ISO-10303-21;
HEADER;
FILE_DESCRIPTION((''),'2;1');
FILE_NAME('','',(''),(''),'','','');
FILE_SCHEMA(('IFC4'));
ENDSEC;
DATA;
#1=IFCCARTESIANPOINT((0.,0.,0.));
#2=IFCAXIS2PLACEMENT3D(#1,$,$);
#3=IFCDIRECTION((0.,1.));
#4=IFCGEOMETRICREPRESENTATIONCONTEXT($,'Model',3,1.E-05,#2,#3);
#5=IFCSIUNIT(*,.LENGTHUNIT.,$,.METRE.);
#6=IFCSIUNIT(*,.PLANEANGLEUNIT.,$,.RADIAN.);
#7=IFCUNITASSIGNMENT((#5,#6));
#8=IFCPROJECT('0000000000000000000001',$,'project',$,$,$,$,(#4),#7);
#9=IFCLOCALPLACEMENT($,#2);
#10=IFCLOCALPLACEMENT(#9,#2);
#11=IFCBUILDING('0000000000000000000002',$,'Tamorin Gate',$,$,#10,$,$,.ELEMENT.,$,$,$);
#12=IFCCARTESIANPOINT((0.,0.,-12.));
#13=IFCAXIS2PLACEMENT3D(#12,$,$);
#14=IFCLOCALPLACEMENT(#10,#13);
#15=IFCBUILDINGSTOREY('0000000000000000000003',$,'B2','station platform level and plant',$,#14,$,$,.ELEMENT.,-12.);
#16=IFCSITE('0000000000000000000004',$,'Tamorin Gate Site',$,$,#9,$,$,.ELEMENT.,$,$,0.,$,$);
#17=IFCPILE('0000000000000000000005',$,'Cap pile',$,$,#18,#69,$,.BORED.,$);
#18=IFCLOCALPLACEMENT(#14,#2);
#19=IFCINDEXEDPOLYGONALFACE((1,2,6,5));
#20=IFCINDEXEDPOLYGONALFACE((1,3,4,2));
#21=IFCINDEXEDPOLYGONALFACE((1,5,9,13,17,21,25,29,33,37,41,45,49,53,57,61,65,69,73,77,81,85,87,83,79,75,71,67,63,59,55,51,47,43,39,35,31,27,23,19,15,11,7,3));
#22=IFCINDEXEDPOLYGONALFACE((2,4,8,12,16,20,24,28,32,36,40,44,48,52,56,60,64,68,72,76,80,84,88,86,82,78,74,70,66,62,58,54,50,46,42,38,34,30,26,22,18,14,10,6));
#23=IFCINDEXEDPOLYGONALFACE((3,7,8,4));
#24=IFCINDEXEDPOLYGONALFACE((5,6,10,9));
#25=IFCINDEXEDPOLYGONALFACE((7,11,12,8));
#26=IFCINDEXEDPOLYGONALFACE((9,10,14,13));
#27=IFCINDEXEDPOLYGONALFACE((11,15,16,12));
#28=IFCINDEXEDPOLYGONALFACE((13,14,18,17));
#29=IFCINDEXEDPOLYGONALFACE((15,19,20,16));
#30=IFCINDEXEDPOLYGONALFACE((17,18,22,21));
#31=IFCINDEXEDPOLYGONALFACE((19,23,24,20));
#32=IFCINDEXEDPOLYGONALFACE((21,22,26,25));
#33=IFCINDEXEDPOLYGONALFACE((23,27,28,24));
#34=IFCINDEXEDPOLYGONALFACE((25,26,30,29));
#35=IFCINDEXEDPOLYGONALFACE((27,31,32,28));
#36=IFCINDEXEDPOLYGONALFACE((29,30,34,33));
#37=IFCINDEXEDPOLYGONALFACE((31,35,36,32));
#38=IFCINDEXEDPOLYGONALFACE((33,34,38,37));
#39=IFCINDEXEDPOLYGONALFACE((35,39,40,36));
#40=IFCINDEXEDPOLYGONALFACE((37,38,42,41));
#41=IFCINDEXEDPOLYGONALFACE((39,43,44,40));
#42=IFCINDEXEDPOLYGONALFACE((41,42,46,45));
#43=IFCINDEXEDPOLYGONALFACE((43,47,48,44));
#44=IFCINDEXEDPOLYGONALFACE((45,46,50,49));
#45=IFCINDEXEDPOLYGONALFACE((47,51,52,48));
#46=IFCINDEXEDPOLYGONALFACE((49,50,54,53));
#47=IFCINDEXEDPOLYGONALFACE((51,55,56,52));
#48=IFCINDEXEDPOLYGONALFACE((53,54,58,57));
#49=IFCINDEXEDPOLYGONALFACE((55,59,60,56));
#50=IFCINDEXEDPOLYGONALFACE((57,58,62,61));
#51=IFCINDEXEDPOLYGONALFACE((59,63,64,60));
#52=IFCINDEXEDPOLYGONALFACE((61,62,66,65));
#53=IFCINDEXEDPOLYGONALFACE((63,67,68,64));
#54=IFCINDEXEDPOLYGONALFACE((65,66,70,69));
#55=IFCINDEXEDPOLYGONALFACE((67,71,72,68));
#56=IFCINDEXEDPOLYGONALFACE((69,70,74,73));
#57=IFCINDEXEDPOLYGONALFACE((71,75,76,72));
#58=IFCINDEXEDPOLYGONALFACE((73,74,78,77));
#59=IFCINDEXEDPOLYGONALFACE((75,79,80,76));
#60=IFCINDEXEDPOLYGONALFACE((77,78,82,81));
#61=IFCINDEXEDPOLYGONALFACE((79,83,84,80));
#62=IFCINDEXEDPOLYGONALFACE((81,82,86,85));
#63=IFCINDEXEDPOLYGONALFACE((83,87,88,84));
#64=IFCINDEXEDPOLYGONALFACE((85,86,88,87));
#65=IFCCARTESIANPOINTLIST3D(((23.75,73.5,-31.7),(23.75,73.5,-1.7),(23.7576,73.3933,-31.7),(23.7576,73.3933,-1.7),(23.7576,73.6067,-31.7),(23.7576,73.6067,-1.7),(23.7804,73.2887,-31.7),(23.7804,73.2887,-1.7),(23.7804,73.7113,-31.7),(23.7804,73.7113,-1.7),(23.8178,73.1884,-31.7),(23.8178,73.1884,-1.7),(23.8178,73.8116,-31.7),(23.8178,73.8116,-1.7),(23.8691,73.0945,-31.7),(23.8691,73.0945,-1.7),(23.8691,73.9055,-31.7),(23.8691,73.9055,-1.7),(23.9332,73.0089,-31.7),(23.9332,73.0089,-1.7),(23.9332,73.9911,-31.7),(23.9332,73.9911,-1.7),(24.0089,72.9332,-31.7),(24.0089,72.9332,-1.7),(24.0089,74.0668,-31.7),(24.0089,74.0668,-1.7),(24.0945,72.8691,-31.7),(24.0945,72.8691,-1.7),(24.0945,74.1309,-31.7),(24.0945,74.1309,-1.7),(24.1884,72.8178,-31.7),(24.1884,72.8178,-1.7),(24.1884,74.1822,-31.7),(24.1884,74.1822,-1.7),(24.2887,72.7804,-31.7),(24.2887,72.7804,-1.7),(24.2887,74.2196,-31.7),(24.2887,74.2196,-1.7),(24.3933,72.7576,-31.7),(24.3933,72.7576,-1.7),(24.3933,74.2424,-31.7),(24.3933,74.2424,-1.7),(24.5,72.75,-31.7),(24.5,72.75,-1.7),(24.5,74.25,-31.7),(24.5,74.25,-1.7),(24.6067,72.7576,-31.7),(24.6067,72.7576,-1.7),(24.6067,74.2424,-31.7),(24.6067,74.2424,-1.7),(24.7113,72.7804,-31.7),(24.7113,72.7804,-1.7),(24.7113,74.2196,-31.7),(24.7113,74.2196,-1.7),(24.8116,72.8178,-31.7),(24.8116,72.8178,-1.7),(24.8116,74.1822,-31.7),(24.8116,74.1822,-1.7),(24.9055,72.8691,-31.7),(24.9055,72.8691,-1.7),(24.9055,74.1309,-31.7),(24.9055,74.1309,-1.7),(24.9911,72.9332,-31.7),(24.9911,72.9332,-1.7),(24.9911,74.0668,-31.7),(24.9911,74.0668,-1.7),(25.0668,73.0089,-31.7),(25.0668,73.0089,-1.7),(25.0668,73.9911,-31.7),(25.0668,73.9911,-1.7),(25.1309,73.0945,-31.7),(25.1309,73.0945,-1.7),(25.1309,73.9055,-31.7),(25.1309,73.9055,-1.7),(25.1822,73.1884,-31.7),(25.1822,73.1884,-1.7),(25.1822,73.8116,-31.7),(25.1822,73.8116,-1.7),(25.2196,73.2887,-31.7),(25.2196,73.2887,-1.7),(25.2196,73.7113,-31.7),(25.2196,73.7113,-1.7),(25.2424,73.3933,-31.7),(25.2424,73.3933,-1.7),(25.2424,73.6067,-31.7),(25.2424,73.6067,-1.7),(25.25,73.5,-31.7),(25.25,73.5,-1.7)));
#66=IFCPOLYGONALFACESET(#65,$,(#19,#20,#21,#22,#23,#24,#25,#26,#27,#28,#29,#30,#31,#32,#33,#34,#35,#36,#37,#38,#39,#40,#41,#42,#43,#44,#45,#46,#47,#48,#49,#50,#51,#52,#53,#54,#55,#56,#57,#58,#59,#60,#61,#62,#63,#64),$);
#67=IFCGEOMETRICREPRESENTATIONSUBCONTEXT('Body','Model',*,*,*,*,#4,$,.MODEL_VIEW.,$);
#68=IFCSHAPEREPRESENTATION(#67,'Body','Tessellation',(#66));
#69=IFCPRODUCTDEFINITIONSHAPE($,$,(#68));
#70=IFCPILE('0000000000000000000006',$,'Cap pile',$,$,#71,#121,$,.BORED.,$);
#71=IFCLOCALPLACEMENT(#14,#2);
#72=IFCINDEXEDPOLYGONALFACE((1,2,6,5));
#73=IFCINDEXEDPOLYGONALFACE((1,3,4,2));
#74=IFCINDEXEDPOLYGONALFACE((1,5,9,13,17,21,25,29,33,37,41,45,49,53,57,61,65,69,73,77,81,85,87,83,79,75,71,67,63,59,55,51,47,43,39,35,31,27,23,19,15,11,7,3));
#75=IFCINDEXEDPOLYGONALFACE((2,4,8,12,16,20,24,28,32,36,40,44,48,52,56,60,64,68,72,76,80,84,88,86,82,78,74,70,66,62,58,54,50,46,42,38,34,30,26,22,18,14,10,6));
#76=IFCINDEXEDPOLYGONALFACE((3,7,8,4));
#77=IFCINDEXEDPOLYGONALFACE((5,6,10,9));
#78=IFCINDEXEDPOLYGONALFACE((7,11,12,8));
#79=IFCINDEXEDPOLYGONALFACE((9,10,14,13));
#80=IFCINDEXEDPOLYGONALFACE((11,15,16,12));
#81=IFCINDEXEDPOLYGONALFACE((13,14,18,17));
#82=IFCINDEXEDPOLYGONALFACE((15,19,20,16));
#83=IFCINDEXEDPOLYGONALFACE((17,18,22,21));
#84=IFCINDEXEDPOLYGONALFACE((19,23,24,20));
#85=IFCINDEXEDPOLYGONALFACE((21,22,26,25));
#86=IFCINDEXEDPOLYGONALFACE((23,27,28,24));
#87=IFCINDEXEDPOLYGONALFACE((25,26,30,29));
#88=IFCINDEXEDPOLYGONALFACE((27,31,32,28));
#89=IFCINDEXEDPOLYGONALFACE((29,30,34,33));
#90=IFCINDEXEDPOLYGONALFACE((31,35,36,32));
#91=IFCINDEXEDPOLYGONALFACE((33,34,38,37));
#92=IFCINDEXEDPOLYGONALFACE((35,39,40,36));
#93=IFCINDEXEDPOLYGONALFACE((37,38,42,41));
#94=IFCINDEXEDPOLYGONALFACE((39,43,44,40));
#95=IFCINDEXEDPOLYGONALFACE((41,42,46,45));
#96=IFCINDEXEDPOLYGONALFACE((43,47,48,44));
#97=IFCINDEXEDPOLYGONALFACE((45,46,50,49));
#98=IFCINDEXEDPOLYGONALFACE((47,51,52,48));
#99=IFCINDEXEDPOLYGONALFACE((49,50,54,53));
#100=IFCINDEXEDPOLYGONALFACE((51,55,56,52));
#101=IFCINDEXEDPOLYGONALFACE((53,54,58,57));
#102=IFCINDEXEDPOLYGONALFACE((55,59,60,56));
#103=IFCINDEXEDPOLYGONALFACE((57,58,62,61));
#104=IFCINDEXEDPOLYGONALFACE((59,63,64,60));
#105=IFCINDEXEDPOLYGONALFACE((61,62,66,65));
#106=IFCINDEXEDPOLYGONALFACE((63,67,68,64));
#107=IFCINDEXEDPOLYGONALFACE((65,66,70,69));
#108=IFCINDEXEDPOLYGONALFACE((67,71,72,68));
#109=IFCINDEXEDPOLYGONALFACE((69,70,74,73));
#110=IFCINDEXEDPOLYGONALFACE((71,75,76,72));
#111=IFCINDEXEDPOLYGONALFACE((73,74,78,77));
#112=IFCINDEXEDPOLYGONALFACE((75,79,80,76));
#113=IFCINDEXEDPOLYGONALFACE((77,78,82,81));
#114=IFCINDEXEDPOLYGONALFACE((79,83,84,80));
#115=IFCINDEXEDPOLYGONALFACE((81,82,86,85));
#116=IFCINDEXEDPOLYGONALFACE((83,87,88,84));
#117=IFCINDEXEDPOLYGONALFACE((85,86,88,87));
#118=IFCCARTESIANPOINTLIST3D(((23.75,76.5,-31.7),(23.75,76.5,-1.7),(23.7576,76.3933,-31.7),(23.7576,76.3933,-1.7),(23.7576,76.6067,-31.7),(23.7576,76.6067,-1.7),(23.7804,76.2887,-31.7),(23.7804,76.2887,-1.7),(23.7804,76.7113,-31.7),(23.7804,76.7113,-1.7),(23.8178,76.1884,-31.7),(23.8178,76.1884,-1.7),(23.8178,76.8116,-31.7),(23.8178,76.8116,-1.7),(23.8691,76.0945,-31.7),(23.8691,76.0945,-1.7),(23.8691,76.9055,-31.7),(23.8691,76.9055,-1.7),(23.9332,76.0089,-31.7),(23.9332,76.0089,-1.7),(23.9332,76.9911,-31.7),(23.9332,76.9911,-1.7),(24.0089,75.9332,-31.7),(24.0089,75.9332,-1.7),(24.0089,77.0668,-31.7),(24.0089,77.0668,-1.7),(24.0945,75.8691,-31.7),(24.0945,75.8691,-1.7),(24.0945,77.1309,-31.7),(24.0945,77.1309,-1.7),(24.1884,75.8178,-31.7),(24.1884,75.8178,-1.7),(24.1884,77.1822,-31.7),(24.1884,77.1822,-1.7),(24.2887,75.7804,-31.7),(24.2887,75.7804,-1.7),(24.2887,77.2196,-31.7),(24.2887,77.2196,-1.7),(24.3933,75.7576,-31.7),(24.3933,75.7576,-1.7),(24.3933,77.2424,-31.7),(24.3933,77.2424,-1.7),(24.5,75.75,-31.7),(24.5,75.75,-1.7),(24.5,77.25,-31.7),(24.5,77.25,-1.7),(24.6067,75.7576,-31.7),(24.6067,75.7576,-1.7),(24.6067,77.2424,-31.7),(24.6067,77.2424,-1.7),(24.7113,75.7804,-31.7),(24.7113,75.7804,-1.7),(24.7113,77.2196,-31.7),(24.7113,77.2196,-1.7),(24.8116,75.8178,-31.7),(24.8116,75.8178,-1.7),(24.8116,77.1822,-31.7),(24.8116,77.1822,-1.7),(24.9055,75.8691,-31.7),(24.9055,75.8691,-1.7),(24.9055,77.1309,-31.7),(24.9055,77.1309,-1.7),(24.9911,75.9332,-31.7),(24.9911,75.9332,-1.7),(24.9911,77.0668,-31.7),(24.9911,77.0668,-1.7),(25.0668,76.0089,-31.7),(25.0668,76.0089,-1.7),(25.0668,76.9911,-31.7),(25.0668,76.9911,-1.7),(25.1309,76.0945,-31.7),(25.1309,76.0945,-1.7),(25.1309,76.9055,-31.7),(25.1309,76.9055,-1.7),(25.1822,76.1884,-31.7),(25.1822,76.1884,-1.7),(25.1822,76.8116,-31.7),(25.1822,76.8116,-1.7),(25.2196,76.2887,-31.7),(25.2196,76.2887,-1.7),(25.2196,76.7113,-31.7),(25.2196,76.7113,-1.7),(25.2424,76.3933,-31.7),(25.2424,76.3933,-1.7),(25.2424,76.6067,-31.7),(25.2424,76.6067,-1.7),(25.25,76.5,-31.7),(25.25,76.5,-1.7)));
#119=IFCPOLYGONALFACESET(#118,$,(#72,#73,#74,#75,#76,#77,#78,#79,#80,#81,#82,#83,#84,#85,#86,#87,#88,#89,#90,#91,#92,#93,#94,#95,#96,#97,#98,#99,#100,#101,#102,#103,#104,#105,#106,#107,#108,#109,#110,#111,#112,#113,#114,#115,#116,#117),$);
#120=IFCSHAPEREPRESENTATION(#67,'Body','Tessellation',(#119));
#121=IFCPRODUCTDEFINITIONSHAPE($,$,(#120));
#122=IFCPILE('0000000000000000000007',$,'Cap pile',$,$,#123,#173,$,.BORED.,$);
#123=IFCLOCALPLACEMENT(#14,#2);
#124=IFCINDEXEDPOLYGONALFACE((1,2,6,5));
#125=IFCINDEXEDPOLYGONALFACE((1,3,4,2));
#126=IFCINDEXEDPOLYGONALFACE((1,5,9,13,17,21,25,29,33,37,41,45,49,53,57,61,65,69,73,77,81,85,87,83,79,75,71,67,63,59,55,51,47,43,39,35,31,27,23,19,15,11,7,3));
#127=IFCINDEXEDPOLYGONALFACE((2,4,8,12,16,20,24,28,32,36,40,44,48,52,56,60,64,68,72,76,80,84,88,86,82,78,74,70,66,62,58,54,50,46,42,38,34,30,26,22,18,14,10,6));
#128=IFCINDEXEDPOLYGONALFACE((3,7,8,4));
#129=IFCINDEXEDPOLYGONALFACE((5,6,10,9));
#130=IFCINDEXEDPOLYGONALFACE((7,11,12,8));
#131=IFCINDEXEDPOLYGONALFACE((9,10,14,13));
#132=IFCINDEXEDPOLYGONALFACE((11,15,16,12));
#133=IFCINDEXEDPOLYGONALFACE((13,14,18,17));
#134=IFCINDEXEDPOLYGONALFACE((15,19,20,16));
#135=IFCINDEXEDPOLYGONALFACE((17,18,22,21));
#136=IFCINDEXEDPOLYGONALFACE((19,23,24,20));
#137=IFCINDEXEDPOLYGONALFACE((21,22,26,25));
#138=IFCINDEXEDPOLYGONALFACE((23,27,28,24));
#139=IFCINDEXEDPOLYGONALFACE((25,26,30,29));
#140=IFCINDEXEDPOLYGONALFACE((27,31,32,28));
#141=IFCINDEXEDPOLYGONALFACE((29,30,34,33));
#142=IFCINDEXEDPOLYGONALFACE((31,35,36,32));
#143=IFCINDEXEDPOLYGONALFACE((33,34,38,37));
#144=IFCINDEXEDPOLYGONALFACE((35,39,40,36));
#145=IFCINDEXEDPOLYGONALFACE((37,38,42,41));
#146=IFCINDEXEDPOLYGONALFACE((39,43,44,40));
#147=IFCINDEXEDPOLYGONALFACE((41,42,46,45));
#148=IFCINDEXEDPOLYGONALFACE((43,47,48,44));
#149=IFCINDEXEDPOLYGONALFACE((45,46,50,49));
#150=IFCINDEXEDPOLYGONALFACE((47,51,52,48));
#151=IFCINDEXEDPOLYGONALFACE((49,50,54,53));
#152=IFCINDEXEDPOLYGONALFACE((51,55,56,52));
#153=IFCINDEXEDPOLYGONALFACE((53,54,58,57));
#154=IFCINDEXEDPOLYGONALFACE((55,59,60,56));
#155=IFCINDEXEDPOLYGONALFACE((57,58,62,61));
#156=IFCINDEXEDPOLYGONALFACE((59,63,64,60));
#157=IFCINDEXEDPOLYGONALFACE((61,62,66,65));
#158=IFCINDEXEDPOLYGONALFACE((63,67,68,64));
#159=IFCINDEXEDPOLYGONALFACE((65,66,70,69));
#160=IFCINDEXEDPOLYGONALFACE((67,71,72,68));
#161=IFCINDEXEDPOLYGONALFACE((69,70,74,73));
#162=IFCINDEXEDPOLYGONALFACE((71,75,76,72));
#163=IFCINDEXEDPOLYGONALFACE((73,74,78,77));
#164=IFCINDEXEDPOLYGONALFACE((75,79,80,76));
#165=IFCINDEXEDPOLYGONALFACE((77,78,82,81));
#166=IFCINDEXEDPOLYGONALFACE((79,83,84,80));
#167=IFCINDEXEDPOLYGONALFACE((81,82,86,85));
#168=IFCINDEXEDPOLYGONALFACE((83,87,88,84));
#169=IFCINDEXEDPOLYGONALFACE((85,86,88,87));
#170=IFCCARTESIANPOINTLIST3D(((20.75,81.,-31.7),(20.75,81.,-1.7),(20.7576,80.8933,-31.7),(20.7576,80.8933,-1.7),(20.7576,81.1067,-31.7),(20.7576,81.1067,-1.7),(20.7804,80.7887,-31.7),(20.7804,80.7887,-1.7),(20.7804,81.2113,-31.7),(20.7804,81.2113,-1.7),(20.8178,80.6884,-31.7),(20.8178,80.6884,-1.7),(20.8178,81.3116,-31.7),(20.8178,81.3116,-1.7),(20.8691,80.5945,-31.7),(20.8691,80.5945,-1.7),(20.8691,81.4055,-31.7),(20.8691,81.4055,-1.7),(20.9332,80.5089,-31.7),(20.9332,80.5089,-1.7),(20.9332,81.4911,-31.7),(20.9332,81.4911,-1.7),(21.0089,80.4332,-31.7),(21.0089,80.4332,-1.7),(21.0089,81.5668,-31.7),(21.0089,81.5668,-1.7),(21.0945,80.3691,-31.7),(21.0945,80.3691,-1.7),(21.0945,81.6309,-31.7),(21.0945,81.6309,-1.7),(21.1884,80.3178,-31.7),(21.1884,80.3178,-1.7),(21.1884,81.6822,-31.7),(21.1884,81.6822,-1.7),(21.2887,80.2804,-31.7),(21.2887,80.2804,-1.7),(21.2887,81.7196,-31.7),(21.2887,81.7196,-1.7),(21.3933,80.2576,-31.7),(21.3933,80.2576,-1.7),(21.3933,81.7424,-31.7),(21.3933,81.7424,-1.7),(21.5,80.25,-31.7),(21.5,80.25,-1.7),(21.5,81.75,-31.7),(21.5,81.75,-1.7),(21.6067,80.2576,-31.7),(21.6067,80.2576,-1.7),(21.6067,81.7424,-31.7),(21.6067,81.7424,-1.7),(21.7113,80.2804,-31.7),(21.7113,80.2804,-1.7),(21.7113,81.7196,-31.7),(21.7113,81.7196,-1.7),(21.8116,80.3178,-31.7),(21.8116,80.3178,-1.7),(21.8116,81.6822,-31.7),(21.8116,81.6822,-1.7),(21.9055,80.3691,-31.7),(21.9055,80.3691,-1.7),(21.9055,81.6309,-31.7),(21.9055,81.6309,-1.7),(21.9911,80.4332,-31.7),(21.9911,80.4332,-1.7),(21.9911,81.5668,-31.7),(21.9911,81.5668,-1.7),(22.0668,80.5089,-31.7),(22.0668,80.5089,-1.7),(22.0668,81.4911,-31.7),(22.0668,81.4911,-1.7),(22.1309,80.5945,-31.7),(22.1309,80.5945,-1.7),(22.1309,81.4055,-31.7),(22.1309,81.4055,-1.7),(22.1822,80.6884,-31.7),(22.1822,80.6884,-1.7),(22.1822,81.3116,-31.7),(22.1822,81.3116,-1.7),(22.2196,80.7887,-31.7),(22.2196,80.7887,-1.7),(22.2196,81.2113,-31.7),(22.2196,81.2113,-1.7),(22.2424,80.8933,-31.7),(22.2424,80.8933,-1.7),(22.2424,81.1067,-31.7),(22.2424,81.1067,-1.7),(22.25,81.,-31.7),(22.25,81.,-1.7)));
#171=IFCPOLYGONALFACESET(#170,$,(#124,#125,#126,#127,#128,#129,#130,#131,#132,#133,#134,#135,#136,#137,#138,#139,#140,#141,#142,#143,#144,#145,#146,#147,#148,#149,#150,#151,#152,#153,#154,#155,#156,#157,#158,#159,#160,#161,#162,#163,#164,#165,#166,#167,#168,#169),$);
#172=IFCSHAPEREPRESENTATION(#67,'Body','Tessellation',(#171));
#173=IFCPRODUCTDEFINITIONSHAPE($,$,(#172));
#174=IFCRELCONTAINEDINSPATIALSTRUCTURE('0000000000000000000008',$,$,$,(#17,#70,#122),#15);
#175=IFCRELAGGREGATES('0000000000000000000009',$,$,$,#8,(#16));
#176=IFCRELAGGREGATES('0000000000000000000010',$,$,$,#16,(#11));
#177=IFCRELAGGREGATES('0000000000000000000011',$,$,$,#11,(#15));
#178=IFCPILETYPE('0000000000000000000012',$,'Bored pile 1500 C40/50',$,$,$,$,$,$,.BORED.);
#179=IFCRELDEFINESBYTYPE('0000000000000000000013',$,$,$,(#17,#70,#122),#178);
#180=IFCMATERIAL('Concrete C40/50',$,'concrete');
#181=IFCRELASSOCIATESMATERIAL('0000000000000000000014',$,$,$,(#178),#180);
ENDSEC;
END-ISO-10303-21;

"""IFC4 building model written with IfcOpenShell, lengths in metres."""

from ifc_helpers import new_model, si_unit, direction, frame, origin, origin_2d, place, context, subcontext, project, spatial, circle, extrude, material, material_profile, profile_set, type_object, element, save


model = new_model("IFC4")

# Units and contexts
model_context = context("Model", 3, precision=1e-05, world=origin(), true_north=direction((0.0, 1.0)))
body_context = subcontext(model_context, "Body", "Model", "MODEL_VIEW")
ifc_project = project(units=[si_unit("LENGTHUNIT", "METRE"), si_unit("PLANEANGLEUNIT", "RADIAN")], contexts=[model_context])

# Site, building, storey
site_placement = place(None, origin())
site = spatial("IfcSite", under=ifc_project, at=site_placement, Name="Tamorin Gate Site", CompositionType="ELEMENT", RefElevation=0.0)
building_placement = place(site_placement, origin())
building = spatial("IfcBuilding", under=site, at=building_placement, Name="Tamorin Gate", CompositionType="ELEMENT")
storey_placement = place(building_placement, frame((0.0, 0.0, -12.0)))
storey = spatial("IfcBuildingStorey", under=building, at=storey_placement, Name="B2", Description="station platform level and plant", CompositionType="ELEMENT", Elevation=-12.0)

# Piles
ifc_material_1 = material(Name="Concrete C40/50", Category="concrete")
ifc_material_profile_1 = material_profile(ifc_material_1, circle(Radius=0.75, at=origin_2d()))
ifc_profile_set_1 = profile_set([ifc_material_profile_1], Name="Concrete C40/50")
pile_type = type_object("IfcPileType", Name="Bored pile 1500 C40/50", PredefinedType="BORED", material=ifc_profile_set_1)
for number, where, z_axis, x_axis, name in (
    (1, (24.5, 73.5, -1.7), (0.0, 0.0, -1.0), (1.0, 0.0, 0.0), "Cap pile"),
    (2, (24.5, 76.5, -1.7), (0.0, 0.0, -1.0), (1.0, 0.0, 0.0), "Cap pile"),
    (3, (21.5, 81.0, -1.7), (0.0, 0.0, -1.0), (1.0, 0.0, 0.0), "Cap pile"),
):
    element("IfcPile", number, at=place(storey_placement, frame(where, z_axis=z_axis, x_axis=x_axis)), inside=storey, type_object=pile_type, Name=name, PredefinedType="BORED", context=body_context, shape_type="SweptSolid", body=[
        extrude(circle(Radius=0.75, at=origin_2d()), origin(), (0.0, 0.0, 1.0), 30.0),
    ])

save(model, "model.ifc")
